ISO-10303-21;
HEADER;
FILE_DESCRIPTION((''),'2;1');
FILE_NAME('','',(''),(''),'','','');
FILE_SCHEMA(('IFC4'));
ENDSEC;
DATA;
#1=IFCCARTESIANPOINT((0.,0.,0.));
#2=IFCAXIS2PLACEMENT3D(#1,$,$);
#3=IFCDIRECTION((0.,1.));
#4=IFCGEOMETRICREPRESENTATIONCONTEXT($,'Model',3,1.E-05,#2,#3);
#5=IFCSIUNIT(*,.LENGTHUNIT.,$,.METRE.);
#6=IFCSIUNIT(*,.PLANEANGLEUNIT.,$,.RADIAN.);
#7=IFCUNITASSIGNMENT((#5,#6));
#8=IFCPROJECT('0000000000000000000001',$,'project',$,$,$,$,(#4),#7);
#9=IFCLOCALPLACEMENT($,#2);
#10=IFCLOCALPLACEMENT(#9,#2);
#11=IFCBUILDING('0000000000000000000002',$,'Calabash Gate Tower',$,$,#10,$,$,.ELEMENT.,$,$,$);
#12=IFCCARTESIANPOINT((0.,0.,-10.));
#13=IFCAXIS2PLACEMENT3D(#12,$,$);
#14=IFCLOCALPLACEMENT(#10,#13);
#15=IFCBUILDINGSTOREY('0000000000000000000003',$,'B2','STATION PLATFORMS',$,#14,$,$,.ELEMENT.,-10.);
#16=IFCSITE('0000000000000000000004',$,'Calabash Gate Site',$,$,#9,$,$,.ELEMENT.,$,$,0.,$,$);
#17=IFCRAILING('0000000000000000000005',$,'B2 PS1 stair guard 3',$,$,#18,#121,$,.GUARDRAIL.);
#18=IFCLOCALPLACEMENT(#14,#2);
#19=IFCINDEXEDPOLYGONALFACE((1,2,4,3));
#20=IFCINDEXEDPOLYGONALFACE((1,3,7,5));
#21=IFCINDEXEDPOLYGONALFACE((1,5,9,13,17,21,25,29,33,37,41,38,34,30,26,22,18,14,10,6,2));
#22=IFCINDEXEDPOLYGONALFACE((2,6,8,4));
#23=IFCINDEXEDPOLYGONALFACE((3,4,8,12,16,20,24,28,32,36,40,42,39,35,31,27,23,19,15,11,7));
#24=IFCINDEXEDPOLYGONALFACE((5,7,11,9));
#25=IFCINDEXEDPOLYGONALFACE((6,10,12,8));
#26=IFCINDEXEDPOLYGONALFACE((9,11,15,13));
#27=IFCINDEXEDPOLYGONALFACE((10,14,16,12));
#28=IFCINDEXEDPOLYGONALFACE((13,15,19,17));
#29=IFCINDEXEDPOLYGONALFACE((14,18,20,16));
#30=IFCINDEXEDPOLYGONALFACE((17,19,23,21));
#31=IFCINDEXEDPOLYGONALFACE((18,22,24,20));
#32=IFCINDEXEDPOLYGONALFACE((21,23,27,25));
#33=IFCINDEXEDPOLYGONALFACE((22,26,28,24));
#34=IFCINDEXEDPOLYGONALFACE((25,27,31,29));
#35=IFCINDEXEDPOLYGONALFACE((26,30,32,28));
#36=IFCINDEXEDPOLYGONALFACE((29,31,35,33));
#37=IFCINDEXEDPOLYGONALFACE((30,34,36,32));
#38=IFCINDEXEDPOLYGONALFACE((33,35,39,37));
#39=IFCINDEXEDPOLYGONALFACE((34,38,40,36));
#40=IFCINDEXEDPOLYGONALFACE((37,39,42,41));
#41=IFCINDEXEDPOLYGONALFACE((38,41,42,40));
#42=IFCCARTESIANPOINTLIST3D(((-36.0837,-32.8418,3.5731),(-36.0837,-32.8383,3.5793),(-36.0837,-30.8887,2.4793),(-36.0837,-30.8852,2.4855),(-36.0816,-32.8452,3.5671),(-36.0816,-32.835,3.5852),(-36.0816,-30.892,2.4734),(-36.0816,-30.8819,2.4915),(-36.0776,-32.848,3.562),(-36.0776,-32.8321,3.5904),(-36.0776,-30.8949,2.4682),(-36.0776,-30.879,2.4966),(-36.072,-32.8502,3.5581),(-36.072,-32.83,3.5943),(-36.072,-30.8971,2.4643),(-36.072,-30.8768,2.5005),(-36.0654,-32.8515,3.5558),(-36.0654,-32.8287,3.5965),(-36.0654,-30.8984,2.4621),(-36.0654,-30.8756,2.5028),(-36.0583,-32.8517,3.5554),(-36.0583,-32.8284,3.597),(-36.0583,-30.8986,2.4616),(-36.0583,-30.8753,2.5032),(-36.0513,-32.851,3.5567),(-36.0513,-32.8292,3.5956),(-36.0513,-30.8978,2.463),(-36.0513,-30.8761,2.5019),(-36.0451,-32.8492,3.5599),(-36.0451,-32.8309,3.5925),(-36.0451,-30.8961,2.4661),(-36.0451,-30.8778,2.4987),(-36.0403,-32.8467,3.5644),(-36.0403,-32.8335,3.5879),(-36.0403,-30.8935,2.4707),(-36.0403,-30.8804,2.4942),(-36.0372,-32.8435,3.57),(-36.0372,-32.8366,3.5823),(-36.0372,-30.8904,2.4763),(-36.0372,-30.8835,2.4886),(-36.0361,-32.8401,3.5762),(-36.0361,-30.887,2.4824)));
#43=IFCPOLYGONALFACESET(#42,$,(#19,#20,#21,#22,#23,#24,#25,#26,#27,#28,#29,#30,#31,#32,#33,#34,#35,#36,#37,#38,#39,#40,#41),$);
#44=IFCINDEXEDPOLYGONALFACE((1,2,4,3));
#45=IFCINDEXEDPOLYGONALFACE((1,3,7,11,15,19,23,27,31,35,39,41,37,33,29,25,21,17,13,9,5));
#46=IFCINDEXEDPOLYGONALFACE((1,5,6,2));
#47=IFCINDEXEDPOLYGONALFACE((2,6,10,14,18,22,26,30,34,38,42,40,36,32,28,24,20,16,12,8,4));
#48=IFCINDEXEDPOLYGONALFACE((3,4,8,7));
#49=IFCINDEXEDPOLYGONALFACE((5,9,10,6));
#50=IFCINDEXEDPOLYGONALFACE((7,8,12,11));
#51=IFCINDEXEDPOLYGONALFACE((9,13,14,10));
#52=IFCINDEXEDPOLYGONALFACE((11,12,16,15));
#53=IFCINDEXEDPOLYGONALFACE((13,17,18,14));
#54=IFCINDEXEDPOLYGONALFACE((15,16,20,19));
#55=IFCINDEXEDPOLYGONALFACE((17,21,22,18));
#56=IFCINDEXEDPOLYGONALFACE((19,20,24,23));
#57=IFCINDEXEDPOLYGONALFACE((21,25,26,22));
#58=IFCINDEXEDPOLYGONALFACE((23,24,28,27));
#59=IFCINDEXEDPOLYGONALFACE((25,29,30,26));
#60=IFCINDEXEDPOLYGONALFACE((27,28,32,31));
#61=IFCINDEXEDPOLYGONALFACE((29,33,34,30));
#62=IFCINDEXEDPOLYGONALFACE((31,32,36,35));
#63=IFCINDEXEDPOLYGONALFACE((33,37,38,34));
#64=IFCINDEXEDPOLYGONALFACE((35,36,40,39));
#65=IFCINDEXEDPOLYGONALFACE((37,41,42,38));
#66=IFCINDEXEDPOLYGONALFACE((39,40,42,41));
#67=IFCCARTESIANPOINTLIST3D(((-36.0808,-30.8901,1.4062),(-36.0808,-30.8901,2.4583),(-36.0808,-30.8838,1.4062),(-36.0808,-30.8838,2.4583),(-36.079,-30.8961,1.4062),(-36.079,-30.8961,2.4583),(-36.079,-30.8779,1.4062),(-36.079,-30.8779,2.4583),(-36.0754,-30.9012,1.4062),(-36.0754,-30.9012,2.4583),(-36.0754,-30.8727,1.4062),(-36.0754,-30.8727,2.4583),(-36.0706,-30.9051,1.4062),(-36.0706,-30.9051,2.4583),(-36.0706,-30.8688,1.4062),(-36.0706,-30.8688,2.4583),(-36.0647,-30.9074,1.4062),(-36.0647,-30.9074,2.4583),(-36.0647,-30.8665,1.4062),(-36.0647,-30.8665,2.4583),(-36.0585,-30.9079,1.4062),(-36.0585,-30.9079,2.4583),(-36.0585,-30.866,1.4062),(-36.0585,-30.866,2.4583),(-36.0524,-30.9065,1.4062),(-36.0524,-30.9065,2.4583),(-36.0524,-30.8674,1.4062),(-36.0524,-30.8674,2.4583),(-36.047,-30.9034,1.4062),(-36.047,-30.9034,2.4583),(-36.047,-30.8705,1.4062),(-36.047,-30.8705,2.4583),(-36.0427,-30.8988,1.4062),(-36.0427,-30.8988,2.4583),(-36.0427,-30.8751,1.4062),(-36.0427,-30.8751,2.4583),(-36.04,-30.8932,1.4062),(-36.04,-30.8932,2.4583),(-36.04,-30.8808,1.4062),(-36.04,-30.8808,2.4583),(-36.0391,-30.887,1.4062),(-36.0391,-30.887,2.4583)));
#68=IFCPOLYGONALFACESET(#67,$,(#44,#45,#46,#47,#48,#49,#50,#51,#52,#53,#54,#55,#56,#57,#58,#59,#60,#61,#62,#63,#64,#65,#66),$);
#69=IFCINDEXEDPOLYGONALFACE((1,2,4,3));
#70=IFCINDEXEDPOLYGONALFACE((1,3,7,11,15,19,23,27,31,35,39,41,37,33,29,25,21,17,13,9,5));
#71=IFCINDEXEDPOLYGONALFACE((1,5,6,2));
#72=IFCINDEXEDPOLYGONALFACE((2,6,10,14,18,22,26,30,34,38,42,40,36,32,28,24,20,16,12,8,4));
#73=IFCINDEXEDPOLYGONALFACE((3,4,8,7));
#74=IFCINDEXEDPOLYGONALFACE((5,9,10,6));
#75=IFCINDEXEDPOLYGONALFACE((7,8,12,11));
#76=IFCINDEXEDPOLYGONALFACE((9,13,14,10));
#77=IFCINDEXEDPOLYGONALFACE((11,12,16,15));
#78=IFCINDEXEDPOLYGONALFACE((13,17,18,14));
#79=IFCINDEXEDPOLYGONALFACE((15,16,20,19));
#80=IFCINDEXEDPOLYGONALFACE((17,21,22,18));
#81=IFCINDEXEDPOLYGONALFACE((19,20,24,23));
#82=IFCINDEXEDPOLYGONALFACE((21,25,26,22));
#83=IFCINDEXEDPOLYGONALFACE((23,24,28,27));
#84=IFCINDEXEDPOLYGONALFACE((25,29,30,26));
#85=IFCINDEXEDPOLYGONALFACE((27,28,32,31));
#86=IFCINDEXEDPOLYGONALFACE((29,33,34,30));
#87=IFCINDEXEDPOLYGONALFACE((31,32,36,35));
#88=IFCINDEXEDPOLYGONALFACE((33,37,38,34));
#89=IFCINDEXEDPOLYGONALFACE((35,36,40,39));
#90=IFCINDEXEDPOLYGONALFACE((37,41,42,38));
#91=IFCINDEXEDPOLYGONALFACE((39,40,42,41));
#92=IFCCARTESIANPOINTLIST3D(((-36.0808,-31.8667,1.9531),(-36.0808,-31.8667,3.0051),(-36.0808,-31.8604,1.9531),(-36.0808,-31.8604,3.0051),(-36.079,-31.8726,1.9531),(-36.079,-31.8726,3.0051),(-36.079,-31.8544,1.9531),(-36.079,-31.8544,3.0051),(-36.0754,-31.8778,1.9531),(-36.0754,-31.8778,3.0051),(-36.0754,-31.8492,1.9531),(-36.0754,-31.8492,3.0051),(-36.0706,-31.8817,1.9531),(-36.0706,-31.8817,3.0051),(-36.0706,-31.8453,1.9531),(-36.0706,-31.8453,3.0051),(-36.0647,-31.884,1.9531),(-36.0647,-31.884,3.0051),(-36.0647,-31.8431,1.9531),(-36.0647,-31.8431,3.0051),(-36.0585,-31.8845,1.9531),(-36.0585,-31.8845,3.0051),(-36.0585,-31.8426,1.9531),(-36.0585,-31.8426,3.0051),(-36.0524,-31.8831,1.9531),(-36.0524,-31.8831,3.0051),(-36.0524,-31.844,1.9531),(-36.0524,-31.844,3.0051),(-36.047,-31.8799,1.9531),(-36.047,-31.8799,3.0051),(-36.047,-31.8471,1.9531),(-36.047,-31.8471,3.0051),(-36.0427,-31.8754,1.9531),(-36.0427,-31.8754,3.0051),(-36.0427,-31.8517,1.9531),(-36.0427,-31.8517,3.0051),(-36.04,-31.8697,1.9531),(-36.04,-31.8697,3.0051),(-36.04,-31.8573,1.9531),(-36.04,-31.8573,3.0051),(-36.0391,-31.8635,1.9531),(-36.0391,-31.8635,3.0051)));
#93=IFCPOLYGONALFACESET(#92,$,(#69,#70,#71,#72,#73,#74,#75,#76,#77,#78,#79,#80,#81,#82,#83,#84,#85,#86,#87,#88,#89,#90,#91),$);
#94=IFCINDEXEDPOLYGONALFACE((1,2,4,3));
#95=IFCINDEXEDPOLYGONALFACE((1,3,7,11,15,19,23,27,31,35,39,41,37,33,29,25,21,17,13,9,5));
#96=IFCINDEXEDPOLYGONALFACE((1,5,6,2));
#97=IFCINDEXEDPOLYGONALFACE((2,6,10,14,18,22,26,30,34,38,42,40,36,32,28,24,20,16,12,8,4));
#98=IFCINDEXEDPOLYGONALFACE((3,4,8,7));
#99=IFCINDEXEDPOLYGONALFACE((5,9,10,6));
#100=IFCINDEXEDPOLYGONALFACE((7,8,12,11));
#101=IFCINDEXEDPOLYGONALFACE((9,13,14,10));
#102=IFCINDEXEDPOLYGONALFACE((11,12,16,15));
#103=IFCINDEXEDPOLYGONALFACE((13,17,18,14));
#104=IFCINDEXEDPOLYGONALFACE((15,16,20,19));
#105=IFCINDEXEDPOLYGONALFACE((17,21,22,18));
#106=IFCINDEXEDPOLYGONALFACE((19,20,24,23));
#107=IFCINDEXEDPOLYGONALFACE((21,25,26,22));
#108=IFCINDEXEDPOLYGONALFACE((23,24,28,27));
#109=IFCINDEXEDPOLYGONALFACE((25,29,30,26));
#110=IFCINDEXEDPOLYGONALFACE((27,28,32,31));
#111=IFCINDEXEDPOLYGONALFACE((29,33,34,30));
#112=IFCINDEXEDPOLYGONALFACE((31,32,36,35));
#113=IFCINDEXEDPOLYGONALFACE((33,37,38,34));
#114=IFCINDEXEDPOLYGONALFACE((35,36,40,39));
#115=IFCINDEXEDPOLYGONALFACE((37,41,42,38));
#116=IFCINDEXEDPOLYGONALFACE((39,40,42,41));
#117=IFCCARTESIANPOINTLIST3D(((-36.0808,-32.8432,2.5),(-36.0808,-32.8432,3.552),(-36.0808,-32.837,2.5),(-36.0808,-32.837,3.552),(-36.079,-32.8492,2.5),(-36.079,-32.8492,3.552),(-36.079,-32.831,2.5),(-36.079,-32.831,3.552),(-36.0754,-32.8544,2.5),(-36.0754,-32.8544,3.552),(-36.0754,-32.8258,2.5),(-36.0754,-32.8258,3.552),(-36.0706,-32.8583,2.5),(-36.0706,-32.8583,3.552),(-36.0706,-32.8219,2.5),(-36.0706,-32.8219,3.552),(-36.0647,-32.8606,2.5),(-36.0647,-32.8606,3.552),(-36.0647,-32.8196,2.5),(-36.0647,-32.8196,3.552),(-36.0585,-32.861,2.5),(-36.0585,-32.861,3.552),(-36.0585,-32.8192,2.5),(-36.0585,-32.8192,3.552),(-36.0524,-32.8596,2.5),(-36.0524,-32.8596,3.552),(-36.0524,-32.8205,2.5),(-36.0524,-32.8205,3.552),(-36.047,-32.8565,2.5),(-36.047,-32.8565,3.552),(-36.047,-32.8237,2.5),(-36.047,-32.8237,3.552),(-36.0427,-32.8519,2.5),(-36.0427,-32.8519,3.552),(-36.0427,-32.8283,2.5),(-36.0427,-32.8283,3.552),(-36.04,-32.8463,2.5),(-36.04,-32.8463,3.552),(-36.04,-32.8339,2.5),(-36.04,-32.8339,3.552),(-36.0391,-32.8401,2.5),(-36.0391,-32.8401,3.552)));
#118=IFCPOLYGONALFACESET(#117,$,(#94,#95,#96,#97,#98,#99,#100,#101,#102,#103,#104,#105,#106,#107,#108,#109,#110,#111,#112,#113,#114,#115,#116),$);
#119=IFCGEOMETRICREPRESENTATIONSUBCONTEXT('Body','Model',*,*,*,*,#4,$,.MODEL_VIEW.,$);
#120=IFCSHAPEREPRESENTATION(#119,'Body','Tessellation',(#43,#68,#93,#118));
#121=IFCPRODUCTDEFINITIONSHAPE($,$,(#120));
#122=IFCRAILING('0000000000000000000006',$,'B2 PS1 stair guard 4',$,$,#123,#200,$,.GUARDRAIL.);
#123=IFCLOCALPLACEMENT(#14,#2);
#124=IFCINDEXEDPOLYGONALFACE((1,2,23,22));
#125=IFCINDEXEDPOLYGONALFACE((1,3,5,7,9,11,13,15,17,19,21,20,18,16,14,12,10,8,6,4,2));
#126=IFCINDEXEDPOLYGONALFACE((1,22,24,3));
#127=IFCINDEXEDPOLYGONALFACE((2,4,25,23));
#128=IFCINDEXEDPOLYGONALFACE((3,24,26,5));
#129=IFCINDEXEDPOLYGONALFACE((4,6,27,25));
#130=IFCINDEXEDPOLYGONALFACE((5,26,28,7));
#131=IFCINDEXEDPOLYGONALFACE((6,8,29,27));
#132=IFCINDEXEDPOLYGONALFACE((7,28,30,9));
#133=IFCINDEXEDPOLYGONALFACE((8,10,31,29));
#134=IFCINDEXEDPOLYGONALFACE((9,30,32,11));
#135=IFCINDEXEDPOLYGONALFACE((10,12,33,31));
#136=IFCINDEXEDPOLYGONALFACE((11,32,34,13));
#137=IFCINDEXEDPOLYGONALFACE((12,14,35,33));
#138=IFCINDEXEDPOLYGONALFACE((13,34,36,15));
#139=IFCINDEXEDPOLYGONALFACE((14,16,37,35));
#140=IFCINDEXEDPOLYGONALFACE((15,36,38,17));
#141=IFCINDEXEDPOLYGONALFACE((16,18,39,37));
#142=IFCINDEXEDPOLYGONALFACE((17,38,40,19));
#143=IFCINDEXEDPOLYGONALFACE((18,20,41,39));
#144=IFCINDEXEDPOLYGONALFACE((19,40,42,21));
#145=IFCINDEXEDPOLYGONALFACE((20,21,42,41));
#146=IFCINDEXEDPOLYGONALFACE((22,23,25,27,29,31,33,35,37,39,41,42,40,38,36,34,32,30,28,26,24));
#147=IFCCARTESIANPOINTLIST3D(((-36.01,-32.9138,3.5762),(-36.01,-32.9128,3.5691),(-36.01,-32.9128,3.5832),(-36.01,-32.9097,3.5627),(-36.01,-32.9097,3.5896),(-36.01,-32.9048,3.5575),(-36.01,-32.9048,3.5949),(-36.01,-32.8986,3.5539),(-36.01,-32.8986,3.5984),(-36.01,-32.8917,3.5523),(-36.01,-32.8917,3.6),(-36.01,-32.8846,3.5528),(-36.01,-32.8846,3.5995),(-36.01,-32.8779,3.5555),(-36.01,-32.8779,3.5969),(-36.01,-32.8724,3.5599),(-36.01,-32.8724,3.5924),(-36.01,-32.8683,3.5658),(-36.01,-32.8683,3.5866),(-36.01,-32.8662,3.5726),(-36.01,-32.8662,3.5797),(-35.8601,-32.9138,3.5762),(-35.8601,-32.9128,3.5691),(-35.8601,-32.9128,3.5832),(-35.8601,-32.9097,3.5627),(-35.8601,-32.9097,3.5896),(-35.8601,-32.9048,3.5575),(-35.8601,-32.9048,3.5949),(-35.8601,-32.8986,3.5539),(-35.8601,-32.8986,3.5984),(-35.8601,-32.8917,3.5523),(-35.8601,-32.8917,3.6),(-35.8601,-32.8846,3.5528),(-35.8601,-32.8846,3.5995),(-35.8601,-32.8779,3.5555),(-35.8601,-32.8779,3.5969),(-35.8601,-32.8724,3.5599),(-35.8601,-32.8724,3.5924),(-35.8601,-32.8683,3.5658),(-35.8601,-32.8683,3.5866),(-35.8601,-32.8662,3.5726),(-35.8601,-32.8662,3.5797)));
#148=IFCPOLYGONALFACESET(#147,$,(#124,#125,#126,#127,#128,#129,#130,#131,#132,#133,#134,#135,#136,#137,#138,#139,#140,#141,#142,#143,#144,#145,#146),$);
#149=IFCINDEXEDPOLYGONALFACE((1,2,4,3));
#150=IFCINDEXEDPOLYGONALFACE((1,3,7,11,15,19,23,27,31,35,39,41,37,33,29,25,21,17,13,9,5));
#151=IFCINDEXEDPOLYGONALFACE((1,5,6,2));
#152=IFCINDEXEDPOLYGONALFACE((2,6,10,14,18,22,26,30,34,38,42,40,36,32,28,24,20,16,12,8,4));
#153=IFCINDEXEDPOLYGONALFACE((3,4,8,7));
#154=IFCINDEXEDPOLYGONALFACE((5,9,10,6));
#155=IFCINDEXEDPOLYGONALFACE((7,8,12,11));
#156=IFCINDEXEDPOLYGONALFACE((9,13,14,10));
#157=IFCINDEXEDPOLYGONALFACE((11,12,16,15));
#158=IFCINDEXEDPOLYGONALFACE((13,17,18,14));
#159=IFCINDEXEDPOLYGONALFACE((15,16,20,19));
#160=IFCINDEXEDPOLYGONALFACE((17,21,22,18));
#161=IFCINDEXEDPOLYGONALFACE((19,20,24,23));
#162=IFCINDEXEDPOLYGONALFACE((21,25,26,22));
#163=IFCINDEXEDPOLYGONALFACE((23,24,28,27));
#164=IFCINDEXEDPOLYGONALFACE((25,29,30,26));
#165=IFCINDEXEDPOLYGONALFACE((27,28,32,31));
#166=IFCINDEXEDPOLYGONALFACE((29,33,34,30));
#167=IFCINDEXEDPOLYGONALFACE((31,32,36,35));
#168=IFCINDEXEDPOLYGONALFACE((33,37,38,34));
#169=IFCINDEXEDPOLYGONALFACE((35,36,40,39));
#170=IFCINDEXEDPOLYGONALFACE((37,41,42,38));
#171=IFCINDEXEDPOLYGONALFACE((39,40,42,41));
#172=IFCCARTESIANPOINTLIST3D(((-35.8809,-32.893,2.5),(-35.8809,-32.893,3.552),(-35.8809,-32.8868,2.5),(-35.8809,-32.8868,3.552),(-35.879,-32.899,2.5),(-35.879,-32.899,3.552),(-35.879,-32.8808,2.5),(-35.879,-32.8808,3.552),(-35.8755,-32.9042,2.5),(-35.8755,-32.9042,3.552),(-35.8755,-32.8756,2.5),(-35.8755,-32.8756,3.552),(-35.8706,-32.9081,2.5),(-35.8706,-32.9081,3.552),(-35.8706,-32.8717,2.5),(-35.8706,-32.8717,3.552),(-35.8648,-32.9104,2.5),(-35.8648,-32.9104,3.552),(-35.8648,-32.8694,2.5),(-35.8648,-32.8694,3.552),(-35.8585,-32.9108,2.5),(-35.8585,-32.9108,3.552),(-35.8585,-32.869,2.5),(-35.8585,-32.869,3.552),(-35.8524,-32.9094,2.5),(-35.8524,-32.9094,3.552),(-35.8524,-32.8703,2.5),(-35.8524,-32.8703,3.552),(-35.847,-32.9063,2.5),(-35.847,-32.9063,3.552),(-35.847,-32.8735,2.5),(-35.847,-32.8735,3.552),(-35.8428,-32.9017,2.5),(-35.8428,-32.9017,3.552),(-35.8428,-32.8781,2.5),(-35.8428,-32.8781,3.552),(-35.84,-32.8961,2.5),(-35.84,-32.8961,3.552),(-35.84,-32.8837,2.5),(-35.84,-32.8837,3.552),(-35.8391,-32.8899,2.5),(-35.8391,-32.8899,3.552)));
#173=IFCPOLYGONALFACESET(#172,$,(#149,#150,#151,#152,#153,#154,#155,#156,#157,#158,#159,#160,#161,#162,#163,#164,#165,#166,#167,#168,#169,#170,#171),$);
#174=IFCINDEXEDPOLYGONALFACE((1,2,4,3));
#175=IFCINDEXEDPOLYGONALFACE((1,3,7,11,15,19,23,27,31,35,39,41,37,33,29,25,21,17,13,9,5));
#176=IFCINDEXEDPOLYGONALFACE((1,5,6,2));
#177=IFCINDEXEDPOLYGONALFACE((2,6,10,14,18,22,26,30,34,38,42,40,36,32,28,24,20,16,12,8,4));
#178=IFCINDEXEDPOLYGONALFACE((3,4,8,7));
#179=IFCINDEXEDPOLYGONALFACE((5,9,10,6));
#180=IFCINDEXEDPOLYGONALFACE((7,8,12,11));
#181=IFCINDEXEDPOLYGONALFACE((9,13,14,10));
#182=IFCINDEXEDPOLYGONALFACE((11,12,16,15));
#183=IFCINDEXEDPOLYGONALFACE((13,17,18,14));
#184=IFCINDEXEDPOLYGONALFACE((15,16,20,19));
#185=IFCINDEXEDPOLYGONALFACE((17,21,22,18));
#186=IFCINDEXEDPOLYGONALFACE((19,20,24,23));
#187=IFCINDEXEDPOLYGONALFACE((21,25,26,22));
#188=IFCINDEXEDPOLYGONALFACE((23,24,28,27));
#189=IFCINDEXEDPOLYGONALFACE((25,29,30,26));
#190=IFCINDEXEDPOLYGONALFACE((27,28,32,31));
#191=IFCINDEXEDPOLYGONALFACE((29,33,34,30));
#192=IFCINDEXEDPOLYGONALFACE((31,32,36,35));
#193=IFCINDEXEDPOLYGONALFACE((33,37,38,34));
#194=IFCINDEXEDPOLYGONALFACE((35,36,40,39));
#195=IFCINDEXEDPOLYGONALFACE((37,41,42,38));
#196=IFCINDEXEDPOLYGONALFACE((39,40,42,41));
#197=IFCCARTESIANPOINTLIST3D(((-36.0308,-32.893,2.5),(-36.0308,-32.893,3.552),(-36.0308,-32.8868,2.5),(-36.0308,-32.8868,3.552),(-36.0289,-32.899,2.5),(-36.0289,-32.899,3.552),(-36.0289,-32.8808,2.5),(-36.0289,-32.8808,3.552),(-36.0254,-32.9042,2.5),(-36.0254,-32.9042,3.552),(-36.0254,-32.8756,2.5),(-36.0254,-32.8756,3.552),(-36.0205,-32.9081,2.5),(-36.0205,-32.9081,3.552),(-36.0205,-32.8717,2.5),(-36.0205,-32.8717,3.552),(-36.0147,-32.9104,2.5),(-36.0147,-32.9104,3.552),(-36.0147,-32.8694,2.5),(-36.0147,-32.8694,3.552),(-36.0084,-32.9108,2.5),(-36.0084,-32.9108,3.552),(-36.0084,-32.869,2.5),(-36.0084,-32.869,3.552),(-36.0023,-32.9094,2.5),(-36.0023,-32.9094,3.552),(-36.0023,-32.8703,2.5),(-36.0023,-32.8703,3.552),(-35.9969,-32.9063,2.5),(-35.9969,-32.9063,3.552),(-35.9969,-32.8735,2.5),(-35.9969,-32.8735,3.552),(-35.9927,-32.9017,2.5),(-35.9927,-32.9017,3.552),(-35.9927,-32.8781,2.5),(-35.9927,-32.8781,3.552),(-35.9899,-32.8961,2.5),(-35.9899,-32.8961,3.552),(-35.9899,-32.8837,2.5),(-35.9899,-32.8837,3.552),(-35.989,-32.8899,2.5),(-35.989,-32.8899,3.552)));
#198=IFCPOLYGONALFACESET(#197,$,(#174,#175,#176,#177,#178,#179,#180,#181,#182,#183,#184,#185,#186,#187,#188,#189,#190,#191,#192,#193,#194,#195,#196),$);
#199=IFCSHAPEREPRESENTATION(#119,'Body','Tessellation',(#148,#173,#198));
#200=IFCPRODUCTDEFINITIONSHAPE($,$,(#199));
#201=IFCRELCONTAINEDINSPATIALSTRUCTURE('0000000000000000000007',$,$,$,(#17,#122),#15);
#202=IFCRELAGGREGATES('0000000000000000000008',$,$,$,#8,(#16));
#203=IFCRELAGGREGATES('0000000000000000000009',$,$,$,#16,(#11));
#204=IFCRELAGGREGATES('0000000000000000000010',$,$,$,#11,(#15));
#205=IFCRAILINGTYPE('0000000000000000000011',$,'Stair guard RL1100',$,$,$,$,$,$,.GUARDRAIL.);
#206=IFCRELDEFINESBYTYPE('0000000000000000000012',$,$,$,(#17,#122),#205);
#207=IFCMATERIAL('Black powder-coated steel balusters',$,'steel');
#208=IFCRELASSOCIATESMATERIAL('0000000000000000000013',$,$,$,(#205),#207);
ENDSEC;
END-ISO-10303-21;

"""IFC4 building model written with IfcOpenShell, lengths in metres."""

from ifc_helpers import new_model, si_unit, direction, frame, origin, origin_2d, place, context, subcontext, project, spatial, circle, extrude, material, type_object, element, save


model = new_model("IFC4")

# Units and contexts
model_context = context("Model", 3, precision=1e-05, world=origin(), true_north=direction((0.0, 1.0)))
body_context = subcontext(model_context, "Body", "Model", "MODEL_VIEW")
ifc_project = project(units=[si_unit("LENGTHUNIT", "METRE"), si_unit("PLANEANGLEUNIT", "RADIAN")], contexts=[model_context])

# Site, building, storey
site_placement = place(None, origin())
site = spatial("IfcSite", under=ifc_project, at=site_placement, Name="Calabash Gate Site", CompositionType="ELEMENT", RefElevation=0.0)
building_placement = place(site_placement, origin())
building = spatial("IfcBuilding", under=site, at=building_placement, Name="Calabash Gate Tower", CompositionType="ELEMENT")
storey_placement = place(building_placement, frame((0.0, 0.0, -10.0)))
storey = spatial("IfcBuildingStorey", under=building, at=storey_placement, Name="B2", Description="STATION PLATFORMS", CompositionType="ELEMENT", Elevation=-10.0)

# Railings
ifc_material_1 = material(Name="Black powder-coated steel balusters", Category="steel")
railing_type_1 = type_object("IfcRailingType", Name="Stair guard RL1100", PredefinedType="GUARDRAIL", material=ifc_material_1)
railing_1_placement = place(storey_placement, frame((-36.0601, -30.887, 1.4062)))
element("IfcRailing", 1, at=railing_1_placement, inside=storey, type_object=railing_type_1, Name="B2 PS1 stair guard 3", PredefinedType="GUARDRAIL", context=body_context, shape_type="SweptSolid", body=[
    extrude(circle(Radius=0.0239, at=origin_2d()), frame((0.0, 0.0, 1.0762), z_axis=(0.0, -0.872506, 0.488603), x_axis=(1.0, 0.0, 0.0)), (0.0, 0.0, 1.0), 2.2385),
    extrude(circle(Radius=0.021, at=origin_2d()), origin(), (0.0, 0.0, 1.0), 1.052),
    extrude(circle(Radius=0.021, at=origin_2d()), frame((0.0, -0.9766, 0.5469)), (0.0, 0.0, 1.0), 1.052),
    extrude(circle(Radius=0.021, at=origin_2d()), frame((0.0, -1.9531, 1.0938)), (0.0, 0.0, 1.0), 1.052),
])
for number, where, name in (
    (2, (-35.8601, -32.8899, 2.5), "B2 PS1 stair guard 4"),
):
    element("IfcRailing", number, at=place(storey_placement, frame(where)), inside=storey, type_object=railing_type_1, Name=name, PredefinedType="GUARDRAIL", context=body_context, shape_type="SweptSolid", body=[
        extrude(circle(Radius=0.0239, at=origin_2d()), frame((0.0, 0.0, 1.0762), z_axis=(-1.0, 0.0, 0.0), x_axis=(0.0, -1.0, 0.0)), (0.0, 0.0, 1.0), 0.1499),
        extrude(circle(Radius=0.021, at=origin_2d()), origin(), (0.0, 0.0, 1.0), 1.052),
        extrude(circle(Radius=0.021, at=origin_2d()), frame((-0.1499, 0.0, 0.0)), (0.0, 0.0, 1.0), 1.052),
    ])

save(model, "model.ifc")
